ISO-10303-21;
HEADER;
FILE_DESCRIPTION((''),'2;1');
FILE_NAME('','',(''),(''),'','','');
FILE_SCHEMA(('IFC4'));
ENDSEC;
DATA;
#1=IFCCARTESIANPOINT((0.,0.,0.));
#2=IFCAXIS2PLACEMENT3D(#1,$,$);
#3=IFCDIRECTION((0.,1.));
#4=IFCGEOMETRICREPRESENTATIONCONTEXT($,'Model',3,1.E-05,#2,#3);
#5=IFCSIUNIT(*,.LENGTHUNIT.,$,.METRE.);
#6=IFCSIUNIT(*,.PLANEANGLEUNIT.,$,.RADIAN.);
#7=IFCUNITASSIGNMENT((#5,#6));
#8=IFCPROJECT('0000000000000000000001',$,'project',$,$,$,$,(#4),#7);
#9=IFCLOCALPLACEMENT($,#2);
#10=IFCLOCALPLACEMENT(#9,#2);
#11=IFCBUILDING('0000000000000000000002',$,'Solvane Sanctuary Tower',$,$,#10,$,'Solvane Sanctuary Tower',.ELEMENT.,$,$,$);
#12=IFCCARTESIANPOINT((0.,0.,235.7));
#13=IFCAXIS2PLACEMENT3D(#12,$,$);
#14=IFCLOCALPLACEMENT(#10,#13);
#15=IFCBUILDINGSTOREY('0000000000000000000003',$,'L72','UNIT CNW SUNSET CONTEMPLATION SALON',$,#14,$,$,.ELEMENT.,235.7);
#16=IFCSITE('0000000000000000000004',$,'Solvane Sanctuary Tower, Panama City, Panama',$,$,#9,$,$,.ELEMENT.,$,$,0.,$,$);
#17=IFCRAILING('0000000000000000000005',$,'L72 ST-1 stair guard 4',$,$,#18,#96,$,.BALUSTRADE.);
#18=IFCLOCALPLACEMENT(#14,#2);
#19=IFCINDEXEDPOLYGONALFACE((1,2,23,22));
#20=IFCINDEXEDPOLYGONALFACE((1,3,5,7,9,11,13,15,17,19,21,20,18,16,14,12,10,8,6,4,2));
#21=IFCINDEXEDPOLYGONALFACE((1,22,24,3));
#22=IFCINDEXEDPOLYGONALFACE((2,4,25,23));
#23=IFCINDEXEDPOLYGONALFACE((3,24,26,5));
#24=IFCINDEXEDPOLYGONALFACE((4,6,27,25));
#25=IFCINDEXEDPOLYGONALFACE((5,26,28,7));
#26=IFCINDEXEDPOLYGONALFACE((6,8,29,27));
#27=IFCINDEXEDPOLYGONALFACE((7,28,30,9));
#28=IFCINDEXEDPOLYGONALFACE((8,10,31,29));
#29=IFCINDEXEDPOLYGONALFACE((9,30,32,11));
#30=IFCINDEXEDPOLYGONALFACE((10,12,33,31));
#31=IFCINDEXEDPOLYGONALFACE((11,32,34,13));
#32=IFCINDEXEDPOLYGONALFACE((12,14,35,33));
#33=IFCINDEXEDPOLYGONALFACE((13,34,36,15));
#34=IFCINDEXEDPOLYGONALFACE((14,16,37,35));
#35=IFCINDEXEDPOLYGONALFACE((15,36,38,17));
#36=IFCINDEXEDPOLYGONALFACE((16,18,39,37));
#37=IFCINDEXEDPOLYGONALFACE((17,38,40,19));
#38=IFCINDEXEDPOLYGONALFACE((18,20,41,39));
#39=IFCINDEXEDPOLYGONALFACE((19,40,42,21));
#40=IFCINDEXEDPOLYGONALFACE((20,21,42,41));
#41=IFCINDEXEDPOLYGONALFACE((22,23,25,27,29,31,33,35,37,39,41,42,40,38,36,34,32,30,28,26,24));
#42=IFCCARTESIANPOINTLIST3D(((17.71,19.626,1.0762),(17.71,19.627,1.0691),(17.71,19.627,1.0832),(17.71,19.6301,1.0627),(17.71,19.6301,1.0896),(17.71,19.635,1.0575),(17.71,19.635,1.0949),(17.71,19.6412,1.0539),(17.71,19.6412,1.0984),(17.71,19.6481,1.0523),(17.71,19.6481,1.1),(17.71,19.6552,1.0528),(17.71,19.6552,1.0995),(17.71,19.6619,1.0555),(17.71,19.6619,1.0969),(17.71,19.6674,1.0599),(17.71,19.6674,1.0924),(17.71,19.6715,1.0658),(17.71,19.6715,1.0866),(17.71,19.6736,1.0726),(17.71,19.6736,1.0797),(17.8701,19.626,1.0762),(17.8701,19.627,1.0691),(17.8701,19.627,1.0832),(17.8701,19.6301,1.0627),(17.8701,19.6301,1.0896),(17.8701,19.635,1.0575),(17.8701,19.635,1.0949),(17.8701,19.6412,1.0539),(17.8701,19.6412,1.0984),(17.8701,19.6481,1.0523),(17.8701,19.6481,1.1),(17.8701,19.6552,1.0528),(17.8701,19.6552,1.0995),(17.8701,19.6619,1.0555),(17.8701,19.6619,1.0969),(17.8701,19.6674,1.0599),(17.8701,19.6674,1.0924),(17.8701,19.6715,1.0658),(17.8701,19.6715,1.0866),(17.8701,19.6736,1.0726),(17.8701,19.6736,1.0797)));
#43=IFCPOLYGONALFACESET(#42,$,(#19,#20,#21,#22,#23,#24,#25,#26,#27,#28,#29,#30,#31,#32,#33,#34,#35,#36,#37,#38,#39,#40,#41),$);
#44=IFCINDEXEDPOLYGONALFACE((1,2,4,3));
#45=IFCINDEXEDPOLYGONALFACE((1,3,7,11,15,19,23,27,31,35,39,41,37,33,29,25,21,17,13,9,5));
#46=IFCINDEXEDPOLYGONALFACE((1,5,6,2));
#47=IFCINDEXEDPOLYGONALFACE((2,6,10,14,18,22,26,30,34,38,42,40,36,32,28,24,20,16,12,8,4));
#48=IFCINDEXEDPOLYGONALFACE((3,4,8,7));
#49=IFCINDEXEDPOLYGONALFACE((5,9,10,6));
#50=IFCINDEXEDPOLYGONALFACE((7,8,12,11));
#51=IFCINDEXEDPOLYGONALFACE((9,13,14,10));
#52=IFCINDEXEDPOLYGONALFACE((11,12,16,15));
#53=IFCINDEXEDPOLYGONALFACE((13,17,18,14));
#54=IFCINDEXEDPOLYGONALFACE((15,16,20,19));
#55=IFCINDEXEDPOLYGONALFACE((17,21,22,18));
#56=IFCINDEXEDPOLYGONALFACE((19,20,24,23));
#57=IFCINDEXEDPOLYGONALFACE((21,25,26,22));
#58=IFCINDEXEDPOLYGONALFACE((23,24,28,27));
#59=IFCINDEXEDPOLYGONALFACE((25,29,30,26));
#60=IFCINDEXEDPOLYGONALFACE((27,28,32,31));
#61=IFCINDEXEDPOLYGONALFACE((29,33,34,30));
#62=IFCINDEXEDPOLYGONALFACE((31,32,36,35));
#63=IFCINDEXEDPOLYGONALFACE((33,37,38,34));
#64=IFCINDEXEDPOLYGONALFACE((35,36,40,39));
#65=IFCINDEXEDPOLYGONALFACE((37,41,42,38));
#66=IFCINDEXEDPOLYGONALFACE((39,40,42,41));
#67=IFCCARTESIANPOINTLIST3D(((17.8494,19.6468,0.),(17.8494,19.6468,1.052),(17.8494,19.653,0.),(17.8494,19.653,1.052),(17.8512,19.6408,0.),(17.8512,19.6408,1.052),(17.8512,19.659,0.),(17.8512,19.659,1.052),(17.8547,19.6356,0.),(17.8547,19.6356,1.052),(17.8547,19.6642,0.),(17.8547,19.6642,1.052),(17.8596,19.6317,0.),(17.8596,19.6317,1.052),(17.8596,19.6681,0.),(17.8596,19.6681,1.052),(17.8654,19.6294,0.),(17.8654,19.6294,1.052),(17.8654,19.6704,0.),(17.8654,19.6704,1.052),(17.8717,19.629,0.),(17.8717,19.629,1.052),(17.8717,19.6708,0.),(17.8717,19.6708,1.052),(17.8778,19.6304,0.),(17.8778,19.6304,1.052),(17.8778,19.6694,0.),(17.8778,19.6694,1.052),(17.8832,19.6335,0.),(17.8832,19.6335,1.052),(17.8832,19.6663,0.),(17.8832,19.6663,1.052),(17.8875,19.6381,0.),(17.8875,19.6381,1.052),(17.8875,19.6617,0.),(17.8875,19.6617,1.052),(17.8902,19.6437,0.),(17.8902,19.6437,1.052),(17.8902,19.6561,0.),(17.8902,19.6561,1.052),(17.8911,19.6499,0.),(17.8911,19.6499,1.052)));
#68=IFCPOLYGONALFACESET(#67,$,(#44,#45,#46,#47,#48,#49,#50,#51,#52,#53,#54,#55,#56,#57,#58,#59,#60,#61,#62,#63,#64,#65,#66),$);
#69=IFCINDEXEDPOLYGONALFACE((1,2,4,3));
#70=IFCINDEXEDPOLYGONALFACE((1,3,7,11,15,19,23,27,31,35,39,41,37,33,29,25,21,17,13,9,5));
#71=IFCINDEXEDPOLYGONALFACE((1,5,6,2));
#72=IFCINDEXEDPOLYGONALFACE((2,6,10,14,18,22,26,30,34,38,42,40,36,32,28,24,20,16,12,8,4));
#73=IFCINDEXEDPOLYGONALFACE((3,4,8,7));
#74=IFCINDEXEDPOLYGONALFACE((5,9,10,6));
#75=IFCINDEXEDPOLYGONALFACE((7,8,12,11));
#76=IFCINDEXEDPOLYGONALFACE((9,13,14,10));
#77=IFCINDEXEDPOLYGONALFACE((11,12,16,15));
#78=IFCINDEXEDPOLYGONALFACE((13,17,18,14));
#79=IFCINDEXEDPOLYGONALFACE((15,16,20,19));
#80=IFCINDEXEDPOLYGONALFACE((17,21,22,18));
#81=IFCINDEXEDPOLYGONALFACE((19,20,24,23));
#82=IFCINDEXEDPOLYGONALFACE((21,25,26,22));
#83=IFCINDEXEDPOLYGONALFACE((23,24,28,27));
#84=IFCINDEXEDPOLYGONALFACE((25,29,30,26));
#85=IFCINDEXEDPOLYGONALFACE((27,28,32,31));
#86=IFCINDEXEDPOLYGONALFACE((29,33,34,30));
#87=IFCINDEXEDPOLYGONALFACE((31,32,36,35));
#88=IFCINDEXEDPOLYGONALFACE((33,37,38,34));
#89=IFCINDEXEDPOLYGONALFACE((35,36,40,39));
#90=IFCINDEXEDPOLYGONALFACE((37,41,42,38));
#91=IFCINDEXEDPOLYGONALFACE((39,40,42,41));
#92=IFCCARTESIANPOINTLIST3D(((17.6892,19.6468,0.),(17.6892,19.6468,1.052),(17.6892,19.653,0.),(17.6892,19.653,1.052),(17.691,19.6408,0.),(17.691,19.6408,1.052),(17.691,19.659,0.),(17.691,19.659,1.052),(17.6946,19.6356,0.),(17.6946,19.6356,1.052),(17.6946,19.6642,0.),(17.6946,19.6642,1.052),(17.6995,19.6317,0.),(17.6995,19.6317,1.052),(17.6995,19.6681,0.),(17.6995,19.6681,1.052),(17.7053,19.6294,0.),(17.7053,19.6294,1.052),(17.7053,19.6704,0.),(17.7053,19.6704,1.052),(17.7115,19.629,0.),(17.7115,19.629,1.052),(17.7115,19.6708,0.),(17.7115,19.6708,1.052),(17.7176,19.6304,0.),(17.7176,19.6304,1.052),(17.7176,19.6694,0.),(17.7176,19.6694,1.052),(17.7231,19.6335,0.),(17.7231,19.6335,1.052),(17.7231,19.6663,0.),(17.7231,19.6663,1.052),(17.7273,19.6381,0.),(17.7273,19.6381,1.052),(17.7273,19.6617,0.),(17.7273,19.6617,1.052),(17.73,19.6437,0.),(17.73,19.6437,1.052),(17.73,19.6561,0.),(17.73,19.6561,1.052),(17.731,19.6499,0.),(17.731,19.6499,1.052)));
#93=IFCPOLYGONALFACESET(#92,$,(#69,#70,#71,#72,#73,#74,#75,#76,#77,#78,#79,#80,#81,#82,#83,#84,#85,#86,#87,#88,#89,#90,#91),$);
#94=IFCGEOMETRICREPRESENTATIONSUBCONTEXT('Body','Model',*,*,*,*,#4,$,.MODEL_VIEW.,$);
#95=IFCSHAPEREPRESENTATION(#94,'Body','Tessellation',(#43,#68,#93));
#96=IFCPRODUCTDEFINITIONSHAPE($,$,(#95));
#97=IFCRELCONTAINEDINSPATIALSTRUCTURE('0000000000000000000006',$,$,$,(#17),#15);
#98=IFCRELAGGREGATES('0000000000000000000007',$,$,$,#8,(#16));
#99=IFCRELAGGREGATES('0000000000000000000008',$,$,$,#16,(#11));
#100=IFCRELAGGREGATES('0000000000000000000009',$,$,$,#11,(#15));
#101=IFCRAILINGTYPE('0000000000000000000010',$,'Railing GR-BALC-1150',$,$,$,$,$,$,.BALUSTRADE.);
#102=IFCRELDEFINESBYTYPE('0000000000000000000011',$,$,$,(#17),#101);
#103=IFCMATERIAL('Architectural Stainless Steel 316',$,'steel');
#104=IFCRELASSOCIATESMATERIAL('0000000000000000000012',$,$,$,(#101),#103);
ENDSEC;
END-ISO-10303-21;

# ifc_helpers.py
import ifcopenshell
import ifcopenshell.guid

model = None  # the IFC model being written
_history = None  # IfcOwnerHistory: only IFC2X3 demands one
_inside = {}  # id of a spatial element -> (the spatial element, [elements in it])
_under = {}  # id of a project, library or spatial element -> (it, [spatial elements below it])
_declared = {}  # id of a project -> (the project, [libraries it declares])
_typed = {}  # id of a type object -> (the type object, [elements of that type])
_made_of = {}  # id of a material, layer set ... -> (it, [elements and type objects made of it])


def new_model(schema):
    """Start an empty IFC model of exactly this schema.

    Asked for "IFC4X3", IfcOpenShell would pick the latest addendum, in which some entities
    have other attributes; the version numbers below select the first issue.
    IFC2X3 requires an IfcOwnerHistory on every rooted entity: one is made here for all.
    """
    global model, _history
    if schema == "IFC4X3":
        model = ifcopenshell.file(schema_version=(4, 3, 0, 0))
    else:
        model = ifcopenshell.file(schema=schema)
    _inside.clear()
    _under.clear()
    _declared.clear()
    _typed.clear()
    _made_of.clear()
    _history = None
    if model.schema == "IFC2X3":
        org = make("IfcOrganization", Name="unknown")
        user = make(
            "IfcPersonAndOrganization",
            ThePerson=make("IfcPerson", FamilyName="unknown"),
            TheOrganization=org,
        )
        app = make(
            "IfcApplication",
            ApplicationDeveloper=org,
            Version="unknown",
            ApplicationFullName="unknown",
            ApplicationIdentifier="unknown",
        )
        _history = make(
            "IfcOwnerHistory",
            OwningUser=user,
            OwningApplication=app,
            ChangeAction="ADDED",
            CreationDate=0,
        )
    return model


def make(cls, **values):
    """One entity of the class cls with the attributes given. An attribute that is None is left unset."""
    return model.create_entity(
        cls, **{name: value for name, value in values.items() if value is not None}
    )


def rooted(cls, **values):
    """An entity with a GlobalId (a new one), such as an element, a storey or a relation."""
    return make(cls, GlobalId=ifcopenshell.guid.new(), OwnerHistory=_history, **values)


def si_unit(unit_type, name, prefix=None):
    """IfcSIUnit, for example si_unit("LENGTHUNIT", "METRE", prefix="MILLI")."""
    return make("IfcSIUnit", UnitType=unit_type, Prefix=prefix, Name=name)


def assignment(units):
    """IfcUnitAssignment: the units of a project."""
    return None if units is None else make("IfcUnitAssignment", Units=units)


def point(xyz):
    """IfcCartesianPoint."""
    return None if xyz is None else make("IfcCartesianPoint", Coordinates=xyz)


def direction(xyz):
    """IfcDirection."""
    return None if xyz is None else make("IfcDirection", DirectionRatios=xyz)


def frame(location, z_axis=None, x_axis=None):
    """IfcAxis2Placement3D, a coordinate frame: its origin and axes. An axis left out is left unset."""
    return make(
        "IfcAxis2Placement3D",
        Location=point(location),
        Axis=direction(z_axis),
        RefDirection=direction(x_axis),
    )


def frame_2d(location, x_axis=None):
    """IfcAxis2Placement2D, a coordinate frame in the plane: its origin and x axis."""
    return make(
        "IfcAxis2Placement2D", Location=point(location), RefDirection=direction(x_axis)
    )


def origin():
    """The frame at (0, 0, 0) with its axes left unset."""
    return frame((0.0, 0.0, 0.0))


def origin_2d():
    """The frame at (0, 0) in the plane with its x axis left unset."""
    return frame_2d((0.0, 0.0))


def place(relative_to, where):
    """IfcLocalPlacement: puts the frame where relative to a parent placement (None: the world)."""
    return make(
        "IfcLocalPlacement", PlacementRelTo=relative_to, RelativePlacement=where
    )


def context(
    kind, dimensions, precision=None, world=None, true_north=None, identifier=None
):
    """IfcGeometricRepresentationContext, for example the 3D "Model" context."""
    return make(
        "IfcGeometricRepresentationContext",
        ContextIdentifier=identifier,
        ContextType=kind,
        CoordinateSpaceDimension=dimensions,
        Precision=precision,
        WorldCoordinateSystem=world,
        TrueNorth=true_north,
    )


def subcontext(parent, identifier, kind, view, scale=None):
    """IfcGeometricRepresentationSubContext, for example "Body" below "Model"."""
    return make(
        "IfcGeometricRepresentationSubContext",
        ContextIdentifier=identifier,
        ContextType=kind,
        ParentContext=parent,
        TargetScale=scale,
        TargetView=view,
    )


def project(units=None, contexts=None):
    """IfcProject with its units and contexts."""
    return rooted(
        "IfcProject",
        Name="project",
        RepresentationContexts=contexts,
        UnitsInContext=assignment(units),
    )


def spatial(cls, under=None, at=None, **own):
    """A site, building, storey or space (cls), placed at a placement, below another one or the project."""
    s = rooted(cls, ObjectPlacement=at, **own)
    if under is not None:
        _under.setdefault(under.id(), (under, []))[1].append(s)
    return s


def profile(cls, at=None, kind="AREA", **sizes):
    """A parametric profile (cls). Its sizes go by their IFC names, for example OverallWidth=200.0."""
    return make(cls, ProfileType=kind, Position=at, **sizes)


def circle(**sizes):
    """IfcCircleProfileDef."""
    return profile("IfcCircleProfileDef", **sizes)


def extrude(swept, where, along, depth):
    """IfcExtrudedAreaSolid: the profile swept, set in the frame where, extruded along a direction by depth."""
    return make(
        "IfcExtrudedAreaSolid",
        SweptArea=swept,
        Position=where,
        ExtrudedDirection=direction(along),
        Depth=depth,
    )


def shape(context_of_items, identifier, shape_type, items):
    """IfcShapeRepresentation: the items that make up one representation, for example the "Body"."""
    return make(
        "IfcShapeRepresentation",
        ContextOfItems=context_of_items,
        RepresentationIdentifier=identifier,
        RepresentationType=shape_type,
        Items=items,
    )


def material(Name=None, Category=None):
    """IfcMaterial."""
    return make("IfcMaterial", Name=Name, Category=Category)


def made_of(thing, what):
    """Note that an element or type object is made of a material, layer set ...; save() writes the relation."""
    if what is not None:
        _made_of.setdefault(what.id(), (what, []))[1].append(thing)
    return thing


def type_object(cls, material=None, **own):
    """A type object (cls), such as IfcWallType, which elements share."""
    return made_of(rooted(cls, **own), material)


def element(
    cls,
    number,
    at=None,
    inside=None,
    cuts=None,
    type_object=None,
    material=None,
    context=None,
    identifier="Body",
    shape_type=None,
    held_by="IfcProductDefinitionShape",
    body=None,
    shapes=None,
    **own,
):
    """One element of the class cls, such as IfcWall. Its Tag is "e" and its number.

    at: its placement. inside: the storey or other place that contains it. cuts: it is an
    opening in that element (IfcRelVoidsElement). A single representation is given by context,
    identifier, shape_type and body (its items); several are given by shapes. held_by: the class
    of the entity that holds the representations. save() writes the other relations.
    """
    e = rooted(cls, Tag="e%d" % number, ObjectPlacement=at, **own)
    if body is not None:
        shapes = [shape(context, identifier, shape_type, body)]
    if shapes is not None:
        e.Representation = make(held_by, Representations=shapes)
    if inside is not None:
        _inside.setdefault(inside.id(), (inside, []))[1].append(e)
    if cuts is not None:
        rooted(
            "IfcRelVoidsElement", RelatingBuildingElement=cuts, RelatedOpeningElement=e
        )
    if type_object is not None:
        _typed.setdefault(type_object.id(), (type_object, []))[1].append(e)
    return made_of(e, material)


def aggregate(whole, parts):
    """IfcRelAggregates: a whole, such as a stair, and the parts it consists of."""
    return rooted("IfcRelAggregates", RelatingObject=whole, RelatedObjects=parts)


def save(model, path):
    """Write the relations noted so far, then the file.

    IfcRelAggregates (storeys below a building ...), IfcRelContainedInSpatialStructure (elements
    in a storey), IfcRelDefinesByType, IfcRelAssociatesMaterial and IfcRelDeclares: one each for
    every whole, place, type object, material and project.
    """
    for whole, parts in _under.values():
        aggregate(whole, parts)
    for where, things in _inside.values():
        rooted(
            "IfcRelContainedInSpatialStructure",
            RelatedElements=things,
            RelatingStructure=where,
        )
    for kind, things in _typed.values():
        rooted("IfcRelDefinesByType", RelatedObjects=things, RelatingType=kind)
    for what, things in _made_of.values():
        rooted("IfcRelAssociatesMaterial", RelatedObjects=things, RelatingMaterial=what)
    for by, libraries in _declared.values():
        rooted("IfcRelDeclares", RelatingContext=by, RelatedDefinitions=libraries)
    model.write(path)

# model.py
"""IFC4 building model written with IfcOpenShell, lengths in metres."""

from ifc_helpers import new_model, si_unit, direction, frame, origin, origin_2d, place, context, subcontext, project, spatial, circle, extrude, material, type_object, element, save


model = new_model("IFC4")

# Units and contexts
model_context = context("Model", 3, precision=1e-05, world=origin(), true_north=direction((0.0, 1.0)))
body_context = subcontext(model_context, "Body", "Model", "MODEL_VIEW")
ifc_project = project(units=[si_unit("LENGTHUNIT", "METRE"), si_unit("PLANEANGLEUNIT", "RADIAN")], contexts=[model_context])

# Site, building, storey
site_placement = place(None, origin())
site = spatial("IfcSite", under=ifc_project, at=site_placement, Name="Solvane Sanctuary Tower, Panama City, Panama", CompositionType="ELEMENT", RefElevation=0.0)
building_placement = place(site_placement, origin())
building = spatial("IfcBuilding", under=site, at=building_placement, Name="Solvane Sanctuary Tower", LongName="Solvane Sanctuary Tower", CompositionType="ELEMENT")
storey_placement = place(building_placement, frame((0.0, 0.0, 235.7)))
storey = spatial("IfcBuildingStorey", under=building, at=storey_placement, Name="L72", Description="UNIT CNW SUNSET CONTEMPLATION SALON", CompositionType="ELEMENT", Elevation=235.7)

# Shared definitions
ifc_material_1 = material(Name="Architectural Stainless Steel 316", Category="steel")

# Railing
railing_type_1 = type_object("IfcRailingType", Name="Railing GR-BALC-1150", PredefinedType="BALUSTRADE", material=ifc_material_1)
railing_1_placement = place(storey_placement, frame((17.8701, 19.6499, 0.0)))
element("IfcRailing", 1, at=railing_1_placement, inside=storey, type_object=railing_type_1, Name="L72 ST-1 stair guard 4", PredefinedType="BALUSTRADE", context=body_context, shape_type="SweptSolid", body=[
    extrude(circle(Radius=0.0239, at=origin_2d()), frame((0.0, 0.0, 1.0762), z_axis=(-1.0, 0.0, 0.0), x_axis=(0.0, -1.0, 0.0)), (0.0, 0.0, 1.0), 0.1602),
    extrude(circle(Radius=0.021, at=origin_2d()), origin(), (0.0, 0.0, 1.0), 1.052),
    extrude(circle(Radius=0.021, at=origin_2d()), frame((-0.1602, 0.0, 0.0)), (0.0, 0.0, 1.0), 1.052),
])

save(model, "model.ifc")
